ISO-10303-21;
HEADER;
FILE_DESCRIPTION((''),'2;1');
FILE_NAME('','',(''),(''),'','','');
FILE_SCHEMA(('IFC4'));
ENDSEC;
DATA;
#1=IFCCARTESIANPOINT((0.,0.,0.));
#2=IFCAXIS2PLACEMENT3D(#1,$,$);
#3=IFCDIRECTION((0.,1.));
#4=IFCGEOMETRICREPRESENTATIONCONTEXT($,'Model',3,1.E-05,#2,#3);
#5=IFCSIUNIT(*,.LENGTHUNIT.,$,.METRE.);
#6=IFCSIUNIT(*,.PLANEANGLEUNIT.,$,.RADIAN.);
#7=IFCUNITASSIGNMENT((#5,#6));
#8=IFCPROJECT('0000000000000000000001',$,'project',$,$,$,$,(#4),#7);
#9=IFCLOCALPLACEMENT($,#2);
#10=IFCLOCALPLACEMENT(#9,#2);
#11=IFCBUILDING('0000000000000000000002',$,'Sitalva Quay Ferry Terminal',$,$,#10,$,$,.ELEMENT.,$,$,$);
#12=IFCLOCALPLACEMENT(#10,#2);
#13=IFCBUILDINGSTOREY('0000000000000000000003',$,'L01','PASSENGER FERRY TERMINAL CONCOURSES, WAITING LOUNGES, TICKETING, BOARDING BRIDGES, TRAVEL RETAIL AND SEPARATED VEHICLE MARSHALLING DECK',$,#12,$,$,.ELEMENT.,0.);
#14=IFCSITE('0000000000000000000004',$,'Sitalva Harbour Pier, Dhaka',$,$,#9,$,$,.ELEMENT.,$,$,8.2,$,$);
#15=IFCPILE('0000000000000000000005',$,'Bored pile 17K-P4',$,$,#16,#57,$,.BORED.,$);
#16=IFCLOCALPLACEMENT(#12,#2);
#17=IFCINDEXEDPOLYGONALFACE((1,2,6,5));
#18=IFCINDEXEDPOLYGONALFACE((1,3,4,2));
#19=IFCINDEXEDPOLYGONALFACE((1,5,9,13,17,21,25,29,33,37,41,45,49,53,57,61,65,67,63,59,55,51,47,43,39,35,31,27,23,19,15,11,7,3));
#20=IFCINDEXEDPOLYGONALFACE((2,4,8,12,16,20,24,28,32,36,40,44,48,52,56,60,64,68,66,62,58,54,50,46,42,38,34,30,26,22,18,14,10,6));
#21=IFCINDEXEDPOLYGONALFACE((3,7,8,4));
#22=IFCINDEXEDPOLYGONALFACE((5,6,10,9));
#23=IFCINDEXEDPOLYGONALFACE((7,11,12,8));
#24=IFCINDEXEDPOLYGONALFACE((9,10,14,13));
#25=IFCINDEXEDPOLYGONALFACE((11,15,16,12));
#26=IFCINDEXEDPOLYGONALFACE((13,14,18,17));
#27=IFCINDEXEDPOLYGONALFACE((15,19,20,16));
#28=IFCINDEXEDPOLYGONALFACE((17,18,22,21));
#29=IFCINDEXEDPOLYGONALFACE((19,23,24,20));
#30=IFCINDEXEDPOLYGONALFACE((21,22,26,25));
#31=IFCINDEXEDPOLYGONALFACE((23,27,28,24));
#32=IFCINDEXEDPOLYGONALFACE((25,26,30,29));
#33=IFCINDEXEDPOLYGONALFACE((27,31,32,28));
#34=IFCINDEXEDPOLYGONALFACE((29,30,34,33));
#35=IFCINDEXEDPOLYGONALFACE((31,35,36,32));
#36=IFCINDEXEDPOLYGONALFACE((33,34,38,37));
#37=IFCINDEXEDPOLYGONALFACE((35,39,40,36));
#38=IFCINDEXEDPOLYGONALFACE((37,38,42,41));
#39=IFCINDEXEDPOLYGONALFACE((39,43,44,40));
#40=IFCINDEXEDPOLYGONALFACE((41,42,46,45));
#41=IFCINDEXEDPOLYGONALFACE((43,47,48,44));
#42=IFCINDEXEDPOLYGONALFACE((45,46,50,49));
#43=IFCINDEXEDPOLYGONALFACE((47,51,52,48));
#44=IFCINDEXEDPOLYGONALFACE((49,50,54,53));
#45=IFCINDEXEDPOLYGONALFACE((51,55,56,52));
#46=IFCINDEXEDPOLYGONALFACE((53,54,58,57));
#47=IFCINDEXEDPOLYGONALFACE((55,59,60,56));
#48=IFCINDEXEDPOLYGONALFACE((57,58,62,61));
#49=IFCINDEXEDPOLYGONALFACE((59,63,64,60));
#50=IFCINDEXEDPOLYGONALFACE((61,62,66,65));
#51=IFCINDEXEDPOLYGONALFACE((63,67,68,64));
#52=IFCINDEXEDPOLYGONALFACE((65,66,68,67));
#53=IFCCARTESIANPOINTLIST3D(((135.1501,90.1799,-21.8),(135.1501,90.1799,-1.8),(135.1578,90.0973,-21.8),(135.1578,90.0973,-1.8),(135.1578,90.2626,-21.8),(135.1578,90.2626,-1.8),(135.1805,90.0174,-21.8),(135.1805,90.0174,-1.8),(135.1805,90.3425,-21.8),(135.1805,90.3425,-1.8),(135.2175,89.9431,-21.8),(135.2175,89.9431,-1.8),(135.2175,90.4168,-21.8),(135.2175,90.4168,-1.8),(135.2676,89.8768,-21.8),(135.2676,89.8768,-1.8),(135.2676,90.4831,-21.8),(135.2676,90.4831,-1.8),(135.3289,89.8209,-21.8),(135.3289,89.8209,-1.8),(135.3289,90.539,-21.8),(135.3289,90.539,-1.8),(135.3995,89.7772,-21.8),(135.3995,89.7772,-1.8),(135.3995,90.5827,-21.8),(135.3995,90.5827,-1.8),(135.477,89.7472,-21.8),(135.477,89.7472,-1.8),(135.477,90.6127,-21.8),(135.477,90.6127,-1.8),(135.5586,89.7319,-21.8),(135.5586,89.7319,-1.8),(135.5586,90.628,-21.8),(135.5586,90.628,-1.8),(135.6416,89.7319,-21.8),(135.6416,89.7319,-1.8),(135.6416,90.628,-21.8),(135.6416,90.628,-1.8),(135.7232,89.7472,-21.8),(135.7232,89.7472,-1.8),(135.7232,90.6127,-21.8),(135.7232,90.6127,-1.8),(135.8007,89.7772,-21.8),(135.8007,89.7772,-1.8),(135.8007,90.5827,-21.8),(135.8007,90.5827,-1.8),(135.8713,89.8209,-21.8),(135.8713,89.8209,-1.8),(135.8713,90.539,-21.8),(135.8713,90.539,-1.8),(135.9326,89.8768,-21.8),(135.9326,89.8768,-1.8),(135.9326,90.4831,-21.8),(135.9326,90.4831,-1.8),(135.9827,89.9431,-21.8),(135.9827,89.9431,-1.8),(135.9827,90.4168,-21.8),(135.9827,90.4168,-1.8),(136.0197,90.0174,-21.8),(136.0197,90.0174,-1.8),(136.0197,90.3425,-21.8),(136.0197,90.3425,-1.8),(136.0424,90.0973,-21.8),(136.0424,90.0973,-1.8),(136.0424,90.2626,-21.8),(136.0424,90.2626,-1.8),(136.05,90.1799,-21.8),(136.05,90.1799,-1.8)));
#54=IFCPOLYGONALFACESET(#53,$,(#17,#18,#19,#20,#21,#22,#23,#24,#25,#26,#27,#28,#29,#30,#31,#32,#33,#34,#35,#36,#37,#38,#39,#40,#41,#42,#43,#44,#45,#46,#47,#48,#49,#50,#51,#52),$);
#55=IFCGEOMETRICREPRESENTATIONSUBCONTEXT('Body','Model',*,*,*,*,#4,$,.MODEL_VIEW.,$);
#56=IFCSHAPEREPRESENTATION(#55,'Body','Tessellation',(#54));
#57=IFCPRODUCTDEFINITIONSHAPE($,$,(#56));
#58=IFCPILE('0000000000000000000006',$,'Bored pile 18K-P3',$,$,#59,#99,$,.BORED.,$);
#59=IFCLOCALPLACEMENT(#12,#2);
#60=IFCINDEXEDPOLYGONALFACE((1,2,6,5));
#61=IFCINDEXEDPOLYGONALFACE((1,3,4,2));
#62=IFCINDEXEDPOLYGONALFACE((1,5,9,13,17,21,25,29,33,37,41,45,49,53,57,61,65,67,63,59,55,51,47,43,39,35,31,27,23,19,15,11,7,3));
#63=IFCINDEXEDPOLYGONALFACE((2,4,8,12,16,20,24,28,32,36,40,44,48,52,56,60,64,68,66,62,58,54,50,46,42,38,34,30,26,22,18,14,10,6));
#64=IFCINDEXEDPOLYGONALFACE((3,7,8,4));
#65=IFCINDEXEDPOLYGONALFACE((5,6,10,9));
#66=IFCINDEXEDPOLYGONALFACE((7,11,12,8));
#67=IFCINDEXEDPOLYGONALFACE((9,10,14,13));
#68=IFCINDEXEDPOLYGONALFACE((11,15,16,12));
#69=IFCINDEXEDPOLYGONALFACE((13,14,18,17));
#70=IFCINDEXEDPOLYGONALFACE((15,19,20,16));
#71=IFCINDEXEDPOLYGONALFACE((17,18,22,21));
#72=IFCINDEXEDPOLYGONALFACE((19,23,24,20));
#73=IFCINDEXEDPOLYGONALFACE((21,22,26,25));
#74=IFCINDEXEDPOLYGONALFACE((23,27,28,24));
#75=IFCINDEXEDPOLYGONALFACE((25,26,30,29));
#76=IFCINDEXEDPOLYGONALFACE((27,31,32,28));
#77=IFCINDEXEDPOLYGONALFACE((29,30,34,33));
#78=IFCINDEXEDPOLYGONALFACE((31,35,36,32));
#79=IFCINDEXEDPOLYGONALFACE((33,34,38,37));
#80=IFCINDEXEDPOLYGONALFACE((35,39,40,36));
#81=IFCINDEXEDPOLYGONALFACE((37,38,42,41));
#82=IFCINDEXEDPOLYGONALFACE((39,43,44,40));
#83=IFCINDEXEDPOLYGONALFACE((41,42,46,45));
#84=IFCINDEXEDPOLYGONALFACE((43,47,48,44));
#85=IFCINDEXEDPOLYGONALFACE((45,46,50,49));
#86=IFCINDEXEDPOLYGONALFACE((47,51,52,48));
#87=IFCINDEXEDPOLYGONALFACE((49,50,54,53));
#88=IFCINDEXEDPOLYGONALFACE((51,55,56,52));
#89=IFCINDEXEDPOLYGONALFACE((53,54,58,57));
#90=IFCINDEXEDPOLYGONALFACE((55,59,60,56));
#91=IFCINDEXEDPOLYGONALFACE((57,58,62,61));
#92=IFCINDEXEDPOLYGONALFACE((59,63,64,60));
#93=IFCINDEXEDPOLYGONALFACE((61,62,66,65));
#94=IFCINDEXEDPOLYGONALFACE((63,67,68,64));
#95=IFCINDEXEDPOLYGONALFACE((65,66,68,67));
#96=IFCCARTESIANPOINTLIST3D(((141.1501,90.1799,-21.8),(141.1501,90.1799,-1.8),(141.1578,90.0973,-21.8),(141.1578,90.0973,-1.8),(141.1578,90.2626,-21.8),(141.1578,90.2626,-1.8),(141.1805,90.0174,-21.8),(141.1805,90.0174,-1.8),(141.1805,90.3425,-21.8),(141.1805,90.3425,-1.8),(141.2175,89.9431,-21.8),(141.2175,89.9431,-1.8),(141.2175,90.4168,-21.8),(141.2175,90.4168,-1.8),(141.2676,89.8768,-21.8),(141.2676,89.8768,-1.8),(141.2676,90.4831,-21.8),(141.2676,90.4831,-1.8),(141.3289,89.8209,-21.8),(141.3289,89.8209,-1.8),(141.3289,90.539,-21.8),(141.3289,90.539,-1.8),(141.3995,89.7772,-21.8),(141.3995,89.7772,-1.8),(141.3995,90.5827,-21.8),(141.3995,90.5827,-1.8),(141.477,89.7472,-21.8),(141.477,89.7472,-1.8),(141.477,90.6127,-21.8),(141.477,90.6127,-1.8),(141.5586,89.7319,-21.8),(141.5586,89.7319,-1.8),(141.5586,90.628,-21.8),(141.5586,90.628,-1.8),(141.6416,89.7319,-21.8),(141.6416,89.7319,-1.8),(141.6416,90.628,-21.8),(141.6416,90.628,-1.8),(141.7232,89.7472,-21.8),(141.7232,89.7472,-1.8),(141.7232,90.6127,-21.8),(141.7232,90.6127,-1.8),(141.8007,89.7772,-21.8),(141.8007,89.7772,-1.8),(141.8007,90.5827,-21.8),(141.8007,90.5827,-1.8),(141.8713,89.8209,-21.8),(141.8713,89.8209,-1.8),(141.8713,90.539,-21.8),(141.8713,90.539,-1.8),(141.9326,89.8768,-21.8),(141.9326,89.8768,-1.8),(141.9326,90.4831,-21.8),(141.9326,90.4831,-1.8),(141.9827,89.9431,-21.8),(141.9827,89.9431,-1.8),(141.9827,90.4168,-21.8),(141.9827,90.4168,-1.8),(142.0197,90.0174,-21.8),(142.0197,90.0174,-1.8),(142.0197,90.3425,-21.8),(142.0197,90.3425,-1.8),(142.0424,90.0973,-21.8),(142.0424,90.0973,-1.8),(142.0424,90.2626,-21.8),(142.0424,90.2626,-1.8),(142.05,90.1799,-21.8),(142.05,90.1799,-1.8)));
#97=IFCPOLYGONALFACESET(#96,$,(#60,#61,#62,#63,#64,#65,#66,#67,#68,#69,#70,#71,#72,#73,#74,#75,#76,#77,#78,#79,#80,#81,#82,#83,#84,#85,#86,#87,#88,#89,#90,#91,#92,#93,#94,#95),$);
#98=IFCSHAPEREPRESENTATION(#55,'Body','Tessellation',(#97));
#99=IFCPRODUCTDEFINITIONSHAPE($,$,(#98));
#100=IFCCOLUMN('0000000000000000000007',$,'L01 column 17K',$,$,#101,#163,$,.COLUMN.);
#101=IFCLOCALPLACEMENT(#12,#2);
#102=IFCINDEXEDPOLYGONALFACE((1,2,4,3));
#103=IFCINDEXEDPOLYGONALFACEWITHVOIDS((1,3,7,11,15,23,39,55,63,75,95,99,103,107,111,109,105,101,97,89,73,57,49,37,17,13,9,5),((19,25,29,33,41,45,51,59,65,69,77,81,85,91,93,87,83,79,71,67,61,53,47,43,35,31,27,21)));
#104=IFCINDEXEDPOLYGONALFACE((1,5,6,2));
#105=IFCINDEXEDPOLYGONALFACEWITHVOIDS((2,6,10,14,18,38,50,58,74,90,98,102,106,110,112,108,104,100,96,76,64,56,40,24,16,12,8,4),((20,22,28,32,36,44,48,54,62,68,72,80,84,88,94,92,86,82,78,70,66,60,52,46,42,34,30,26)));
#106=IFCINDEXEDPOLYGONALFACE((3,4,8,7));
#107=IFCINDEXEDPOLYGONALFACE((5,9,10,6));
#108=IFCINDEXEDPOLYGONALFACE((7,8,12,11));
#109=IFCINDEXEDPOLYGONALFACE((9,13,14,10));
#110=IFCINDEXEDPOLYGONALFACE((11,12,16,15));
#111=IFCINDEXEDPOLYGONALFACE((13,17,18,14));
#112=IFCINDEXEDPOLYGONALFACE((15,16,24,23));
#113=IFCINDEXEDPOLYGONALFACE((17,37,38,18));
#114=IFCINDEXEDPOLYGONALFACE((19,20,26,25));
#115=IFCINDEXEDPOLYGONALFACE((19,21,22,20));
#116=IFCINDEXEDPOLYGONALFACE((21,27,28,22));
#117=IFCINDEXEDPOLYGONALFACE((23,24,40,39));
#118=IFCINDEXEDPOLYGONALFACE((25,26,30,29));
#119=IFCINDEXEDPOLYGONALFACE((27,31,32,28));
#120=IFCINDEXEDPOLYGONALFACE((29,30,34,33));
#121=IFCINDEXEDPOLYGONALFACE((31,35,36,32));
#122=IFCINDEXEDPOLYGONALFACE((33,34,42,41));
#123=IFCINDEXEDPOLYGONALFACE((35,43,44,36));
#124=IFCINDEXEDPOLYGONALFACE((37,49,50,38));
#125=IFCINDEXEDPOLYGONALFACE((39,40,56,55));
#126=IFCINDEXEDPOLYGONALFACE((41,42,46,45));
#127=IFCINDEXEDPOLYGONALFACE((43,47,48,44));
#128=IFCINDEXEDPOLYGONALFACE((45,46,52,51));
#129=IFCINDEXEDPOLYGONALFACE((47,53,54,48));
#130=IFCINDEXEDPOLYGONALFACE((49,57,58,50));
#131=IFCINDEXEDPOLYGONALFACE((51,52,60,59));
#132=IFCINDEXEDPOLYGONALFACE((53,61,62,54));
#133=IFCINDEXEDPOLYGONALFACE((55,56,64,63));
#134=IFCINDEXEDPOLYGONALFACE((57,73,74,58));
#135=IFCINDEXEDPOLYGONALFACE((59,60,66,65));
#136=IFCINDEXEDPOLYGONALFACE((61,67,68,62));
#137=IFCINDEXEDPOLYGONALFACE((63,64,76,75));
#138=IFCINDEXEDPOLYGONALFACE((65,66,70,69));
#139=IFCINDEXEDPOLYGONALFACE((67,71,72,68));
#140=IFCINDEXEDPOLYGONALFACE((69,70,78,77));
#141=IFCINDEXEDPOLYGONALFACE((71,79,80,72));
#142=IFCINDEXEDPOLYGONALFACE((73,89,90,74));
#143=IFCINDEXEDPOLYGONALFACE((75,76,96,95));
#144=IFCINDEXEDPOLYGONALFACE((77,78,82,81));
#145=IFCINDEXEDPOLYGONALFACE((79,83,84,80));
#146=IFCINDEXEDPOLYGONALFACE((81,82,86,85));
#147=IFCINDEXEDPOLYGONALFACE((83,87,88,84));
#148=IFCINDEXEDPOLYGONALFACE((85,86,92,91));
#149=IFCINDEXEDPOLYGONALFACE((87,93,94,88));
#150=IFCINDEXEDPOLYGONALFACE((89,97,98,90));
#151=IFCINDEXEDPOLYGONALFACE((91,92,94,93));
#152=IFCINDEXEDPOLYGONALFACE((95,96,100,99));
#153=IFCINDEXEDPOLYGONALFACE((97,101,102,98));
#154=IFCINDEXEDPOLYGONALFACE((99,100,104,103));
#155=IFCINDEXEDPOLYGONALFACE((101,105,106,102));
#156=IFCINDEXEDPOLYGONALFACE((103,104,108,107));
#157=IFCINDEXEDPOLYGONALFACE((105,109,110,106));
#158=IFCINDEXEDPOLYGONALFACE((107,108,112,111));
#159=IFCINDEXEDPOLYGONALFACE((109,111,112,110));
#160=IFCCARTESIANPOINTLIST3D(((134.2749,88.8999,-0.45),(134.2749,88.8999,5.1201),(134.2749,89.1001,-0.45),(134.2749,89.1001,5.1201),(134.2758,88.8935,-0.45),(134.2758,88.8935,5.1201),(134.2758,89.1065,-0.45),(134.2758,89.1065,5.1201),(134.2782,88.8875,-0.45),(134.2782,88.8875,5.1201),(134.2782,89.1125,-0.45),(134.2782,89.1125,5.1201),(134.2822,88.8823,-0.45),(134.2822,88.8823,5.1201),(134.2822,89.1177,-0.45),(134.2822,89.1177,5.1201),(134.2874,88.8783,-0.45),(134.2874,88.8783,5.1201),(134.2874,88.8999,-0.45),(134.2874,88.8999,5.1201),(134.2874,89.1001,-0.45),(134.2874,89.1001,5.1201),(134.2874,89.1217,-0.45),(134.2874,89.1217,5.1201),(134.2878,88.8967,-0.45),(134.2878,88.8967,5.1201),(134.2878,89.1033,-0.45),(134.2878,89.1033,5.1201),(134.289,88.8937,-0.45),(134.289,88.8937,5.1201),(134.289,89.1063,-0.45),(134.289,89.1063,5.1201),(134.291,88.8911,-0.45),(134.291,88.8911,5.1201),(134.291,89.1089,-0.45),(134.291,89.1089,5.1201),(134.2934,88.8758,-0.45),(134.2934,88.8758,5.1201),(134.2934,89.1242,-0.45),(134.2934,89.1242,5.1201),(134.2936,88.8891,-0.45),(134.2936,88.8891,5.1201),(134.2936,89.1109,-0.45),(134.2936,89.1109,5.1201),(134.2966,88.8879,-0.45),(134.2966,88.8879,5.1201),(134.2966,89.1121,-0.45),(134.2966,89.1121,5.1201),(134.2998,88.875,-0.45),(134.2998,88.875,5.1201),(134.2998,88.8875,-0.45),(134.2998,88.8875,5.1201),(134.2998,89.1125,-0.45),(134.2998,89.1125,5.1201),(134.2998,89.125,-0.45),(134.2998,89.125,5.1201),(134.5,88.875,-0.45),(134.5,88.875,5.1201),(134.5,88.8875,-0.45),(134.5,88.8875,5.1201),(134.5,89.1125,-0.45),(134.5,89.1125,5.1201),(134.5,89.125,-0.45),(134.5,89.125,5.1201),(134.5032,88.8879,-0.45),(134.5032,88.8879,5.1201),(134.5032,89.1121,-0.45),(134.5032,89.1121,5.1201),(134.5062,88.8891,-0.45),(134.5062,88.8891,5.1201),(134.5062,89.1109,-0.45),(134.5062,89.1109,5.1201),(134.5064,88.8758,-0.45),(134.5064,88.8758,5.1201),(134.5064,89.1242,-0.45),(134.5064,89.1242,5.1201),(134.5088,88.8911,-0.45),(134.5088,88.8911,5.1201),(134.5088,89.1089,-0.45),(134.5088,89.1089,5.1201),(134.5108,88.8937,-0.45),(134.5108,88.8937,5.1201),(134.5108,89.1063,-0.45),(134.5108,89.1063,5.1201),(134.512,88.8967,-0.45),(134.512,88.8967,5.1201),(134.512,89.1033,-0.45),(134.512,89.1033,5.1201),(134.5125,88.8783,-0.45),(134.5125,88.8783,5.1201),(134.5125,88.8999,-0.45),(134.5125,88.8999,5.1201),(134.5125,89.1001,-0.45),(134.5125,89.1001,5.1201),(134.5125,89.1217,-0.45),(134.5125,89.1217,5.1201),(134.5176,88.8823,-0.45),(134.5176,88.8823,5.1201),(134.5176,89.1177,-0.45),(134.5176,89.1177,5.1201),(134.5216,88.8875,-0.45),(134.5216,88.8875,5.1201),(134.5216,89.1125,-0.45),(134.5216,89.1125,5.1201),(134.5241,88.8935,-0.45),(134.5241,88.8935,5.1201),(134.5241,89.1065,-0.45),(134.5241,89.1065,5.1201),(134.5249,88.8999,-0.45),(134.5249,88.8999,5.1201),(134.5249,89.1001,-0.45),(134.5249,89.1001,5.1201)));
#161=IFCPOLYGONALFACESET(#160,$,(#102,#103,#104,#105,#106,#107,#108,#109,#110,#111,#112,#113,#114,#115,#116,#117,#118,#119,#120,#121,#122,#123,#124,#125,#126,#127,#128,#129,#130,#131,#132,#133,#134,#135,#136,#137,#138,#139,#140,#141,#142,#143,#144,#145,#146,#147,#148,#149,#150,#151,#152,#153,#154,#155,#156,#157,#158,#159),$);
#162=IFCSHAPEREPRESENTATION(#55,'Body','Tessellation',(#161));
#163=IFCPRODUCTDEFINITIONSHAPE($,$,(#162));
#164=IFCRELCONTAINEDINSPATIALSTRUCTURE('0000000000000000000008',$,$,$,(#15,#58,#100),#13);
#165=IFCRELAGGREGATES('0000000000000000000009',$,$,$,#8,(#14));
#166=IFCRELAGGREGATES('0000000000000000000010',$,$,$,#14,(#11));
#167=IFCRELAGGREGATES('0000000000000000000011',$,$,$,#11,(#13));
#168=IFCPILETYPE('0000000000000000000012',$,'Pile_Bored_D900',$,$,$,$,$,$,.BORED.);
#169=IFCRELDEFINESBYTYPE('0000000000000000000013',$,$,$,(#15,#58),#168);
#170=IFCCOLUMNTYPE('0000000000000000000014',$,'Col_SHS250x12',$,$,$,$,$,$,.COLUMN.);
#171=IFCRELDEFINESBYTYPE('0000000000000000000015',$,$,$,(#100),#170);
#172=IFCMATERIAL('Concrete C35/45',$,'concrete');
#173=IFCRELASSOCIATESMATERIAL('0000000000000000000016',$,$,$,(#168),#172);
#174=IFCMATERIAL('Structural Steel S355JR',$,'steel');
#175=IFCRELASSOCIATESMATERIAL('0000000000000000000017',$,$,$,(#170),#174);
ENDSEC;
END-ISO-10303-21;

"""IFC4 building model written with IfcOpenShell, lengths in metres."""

from ifc_helpers import new_model, si_unit, direction, frame, origin, origin_2d, place, context, subcontext, project, spatial, hollow_rectangle, circle, extrude, material, material_profile, profile_set, type_object, element, save


model = new_model("IFC4")

# Units and contexts
model_context = context("Model", 3, precision=1e-05, world=origin(), true_north=direction((0.0, 1.0)))
body_context = subcontext(model_context, "Body", "Model", "MODEL_VIEW")
ifc_project = project(units=[si_unit("LENGTHUNIT", "METRE"), si_unit("PLANEANGLEUNIT", "RADIAN")], contexts=[model_context])

# Site, building, storey
site_placement = place(None, origin())
site = spatial("IfcSite", under=ifc_project, at=site_placement, Name="Sitalva Harbour Pier, Dhaka", CompositionType="ELEMENT", RefElevation=8.2)
building_placement = place(site_placement, origin())
building = spatial("IfcBuilding", under=site, at=building_placement, Name="Sitalva Quay Ferry Terminal", CompositionType="ELEMENT")
storey_placement = place(building_placement, origin())
storey = spatial("IfcBuildingStorey", under=building, at=storey_placement, Name="L01", Description="PASSENGER FERRY TERMINAL CONCOURSES, WAITING LOUNGES, TICKETING, BOARDING BRIDGES, TRAVEL RETAIL AND SEPARATED VEHICLE MARSHALLING DECK", CompositionType="ELEMENT", Elevation=0.0)

# Piles
ifc_material_1 = material(Name="Concrete C35/45", Category="concrete")
ifc_material_profile_1 = material_profile(ifc_material_1, circle(Radius=0.45, at=origin_2d()), Name="PILE-D900")
ifc_profile_set_1 = profile_set([ifc_material_profile_1], Name="Concrete C35/45")
pile_type_1 = type_object("IfcPileType", Name="Pile_Bored_D900", PredefinedType="BORED", material=ifc_profile_set_1)
for number, where, z_axis, x_axis, name in (
    (1, (135.6001, 90.1799, -1.8), (0.0, 0.0, -1.0), (1.0, 0.0, 0.0), "Bored pile 17K-P4"),
    (2, (141.6001, 90.1799, -1.8), (0.0, 0.0, -1.0), (1.0, 0.0, 0.0), "Bored pile 18K-P3"),
):
    element("IfcPile", number, at=place(storey_placement, frame(where, z_axis=z_axis, x_axis=x_axis)), inside=storey, type_object=pile_type_1, Name=name, PredefinedType="BORED", context=body_context, shape_type="SweptSolid", body=[
        extrude(circle(Radius=0.45, at=origin_2d()), origin(), (0.0, 0.0, 1.0), 20.0),
    ])

# Column
ifc_material_2 = material(Name="Structural Steel S355JR", Category="steel")
ifc_material_profile_2 = material_profile(ifc_material_2, hollow_rectangle(XDim=0.25, YDim=0.25, WallThickness=0.0125, InnerFilletRadius=0.0125, OuterFilletRadius=0.0249, at=origin_2d()), Name="SHS250x250x12.5")
ifc_profile_set_2 = profile_set([ifc_material_profile_2], Name="Structural Steel S355JR")
column_type = type_object("IfcColumnType", Name="Col_SHS250x12", PredefinedType="COLUMN", material=ifc_profile_set_2)
column_placement = place(storey_placement, frame((134.3999, 89.0, -0.45), z_axis=(0.0, 0.0, 1.0), x_axis=(1.0, 0.0, 0.0)))
element("IfcColumn", 3, at=column_placement, inside=storey, type_object=column_type, Name="L01 column 17K", PredefinedType="COLUMN", context=body_context, shape_type="SweptSolid", body=[
    extrude(hollow_rectangle(XDim=0.25, YDim=0.25, WallThickness=0.0125, InnerFilletRadius=0.0125, OuterFilletRadius=0.0249, at=origin_2d()), origin(), (0.0, 0.0, 1.0), 5.5701),
])

save(model, "model.ifc")
